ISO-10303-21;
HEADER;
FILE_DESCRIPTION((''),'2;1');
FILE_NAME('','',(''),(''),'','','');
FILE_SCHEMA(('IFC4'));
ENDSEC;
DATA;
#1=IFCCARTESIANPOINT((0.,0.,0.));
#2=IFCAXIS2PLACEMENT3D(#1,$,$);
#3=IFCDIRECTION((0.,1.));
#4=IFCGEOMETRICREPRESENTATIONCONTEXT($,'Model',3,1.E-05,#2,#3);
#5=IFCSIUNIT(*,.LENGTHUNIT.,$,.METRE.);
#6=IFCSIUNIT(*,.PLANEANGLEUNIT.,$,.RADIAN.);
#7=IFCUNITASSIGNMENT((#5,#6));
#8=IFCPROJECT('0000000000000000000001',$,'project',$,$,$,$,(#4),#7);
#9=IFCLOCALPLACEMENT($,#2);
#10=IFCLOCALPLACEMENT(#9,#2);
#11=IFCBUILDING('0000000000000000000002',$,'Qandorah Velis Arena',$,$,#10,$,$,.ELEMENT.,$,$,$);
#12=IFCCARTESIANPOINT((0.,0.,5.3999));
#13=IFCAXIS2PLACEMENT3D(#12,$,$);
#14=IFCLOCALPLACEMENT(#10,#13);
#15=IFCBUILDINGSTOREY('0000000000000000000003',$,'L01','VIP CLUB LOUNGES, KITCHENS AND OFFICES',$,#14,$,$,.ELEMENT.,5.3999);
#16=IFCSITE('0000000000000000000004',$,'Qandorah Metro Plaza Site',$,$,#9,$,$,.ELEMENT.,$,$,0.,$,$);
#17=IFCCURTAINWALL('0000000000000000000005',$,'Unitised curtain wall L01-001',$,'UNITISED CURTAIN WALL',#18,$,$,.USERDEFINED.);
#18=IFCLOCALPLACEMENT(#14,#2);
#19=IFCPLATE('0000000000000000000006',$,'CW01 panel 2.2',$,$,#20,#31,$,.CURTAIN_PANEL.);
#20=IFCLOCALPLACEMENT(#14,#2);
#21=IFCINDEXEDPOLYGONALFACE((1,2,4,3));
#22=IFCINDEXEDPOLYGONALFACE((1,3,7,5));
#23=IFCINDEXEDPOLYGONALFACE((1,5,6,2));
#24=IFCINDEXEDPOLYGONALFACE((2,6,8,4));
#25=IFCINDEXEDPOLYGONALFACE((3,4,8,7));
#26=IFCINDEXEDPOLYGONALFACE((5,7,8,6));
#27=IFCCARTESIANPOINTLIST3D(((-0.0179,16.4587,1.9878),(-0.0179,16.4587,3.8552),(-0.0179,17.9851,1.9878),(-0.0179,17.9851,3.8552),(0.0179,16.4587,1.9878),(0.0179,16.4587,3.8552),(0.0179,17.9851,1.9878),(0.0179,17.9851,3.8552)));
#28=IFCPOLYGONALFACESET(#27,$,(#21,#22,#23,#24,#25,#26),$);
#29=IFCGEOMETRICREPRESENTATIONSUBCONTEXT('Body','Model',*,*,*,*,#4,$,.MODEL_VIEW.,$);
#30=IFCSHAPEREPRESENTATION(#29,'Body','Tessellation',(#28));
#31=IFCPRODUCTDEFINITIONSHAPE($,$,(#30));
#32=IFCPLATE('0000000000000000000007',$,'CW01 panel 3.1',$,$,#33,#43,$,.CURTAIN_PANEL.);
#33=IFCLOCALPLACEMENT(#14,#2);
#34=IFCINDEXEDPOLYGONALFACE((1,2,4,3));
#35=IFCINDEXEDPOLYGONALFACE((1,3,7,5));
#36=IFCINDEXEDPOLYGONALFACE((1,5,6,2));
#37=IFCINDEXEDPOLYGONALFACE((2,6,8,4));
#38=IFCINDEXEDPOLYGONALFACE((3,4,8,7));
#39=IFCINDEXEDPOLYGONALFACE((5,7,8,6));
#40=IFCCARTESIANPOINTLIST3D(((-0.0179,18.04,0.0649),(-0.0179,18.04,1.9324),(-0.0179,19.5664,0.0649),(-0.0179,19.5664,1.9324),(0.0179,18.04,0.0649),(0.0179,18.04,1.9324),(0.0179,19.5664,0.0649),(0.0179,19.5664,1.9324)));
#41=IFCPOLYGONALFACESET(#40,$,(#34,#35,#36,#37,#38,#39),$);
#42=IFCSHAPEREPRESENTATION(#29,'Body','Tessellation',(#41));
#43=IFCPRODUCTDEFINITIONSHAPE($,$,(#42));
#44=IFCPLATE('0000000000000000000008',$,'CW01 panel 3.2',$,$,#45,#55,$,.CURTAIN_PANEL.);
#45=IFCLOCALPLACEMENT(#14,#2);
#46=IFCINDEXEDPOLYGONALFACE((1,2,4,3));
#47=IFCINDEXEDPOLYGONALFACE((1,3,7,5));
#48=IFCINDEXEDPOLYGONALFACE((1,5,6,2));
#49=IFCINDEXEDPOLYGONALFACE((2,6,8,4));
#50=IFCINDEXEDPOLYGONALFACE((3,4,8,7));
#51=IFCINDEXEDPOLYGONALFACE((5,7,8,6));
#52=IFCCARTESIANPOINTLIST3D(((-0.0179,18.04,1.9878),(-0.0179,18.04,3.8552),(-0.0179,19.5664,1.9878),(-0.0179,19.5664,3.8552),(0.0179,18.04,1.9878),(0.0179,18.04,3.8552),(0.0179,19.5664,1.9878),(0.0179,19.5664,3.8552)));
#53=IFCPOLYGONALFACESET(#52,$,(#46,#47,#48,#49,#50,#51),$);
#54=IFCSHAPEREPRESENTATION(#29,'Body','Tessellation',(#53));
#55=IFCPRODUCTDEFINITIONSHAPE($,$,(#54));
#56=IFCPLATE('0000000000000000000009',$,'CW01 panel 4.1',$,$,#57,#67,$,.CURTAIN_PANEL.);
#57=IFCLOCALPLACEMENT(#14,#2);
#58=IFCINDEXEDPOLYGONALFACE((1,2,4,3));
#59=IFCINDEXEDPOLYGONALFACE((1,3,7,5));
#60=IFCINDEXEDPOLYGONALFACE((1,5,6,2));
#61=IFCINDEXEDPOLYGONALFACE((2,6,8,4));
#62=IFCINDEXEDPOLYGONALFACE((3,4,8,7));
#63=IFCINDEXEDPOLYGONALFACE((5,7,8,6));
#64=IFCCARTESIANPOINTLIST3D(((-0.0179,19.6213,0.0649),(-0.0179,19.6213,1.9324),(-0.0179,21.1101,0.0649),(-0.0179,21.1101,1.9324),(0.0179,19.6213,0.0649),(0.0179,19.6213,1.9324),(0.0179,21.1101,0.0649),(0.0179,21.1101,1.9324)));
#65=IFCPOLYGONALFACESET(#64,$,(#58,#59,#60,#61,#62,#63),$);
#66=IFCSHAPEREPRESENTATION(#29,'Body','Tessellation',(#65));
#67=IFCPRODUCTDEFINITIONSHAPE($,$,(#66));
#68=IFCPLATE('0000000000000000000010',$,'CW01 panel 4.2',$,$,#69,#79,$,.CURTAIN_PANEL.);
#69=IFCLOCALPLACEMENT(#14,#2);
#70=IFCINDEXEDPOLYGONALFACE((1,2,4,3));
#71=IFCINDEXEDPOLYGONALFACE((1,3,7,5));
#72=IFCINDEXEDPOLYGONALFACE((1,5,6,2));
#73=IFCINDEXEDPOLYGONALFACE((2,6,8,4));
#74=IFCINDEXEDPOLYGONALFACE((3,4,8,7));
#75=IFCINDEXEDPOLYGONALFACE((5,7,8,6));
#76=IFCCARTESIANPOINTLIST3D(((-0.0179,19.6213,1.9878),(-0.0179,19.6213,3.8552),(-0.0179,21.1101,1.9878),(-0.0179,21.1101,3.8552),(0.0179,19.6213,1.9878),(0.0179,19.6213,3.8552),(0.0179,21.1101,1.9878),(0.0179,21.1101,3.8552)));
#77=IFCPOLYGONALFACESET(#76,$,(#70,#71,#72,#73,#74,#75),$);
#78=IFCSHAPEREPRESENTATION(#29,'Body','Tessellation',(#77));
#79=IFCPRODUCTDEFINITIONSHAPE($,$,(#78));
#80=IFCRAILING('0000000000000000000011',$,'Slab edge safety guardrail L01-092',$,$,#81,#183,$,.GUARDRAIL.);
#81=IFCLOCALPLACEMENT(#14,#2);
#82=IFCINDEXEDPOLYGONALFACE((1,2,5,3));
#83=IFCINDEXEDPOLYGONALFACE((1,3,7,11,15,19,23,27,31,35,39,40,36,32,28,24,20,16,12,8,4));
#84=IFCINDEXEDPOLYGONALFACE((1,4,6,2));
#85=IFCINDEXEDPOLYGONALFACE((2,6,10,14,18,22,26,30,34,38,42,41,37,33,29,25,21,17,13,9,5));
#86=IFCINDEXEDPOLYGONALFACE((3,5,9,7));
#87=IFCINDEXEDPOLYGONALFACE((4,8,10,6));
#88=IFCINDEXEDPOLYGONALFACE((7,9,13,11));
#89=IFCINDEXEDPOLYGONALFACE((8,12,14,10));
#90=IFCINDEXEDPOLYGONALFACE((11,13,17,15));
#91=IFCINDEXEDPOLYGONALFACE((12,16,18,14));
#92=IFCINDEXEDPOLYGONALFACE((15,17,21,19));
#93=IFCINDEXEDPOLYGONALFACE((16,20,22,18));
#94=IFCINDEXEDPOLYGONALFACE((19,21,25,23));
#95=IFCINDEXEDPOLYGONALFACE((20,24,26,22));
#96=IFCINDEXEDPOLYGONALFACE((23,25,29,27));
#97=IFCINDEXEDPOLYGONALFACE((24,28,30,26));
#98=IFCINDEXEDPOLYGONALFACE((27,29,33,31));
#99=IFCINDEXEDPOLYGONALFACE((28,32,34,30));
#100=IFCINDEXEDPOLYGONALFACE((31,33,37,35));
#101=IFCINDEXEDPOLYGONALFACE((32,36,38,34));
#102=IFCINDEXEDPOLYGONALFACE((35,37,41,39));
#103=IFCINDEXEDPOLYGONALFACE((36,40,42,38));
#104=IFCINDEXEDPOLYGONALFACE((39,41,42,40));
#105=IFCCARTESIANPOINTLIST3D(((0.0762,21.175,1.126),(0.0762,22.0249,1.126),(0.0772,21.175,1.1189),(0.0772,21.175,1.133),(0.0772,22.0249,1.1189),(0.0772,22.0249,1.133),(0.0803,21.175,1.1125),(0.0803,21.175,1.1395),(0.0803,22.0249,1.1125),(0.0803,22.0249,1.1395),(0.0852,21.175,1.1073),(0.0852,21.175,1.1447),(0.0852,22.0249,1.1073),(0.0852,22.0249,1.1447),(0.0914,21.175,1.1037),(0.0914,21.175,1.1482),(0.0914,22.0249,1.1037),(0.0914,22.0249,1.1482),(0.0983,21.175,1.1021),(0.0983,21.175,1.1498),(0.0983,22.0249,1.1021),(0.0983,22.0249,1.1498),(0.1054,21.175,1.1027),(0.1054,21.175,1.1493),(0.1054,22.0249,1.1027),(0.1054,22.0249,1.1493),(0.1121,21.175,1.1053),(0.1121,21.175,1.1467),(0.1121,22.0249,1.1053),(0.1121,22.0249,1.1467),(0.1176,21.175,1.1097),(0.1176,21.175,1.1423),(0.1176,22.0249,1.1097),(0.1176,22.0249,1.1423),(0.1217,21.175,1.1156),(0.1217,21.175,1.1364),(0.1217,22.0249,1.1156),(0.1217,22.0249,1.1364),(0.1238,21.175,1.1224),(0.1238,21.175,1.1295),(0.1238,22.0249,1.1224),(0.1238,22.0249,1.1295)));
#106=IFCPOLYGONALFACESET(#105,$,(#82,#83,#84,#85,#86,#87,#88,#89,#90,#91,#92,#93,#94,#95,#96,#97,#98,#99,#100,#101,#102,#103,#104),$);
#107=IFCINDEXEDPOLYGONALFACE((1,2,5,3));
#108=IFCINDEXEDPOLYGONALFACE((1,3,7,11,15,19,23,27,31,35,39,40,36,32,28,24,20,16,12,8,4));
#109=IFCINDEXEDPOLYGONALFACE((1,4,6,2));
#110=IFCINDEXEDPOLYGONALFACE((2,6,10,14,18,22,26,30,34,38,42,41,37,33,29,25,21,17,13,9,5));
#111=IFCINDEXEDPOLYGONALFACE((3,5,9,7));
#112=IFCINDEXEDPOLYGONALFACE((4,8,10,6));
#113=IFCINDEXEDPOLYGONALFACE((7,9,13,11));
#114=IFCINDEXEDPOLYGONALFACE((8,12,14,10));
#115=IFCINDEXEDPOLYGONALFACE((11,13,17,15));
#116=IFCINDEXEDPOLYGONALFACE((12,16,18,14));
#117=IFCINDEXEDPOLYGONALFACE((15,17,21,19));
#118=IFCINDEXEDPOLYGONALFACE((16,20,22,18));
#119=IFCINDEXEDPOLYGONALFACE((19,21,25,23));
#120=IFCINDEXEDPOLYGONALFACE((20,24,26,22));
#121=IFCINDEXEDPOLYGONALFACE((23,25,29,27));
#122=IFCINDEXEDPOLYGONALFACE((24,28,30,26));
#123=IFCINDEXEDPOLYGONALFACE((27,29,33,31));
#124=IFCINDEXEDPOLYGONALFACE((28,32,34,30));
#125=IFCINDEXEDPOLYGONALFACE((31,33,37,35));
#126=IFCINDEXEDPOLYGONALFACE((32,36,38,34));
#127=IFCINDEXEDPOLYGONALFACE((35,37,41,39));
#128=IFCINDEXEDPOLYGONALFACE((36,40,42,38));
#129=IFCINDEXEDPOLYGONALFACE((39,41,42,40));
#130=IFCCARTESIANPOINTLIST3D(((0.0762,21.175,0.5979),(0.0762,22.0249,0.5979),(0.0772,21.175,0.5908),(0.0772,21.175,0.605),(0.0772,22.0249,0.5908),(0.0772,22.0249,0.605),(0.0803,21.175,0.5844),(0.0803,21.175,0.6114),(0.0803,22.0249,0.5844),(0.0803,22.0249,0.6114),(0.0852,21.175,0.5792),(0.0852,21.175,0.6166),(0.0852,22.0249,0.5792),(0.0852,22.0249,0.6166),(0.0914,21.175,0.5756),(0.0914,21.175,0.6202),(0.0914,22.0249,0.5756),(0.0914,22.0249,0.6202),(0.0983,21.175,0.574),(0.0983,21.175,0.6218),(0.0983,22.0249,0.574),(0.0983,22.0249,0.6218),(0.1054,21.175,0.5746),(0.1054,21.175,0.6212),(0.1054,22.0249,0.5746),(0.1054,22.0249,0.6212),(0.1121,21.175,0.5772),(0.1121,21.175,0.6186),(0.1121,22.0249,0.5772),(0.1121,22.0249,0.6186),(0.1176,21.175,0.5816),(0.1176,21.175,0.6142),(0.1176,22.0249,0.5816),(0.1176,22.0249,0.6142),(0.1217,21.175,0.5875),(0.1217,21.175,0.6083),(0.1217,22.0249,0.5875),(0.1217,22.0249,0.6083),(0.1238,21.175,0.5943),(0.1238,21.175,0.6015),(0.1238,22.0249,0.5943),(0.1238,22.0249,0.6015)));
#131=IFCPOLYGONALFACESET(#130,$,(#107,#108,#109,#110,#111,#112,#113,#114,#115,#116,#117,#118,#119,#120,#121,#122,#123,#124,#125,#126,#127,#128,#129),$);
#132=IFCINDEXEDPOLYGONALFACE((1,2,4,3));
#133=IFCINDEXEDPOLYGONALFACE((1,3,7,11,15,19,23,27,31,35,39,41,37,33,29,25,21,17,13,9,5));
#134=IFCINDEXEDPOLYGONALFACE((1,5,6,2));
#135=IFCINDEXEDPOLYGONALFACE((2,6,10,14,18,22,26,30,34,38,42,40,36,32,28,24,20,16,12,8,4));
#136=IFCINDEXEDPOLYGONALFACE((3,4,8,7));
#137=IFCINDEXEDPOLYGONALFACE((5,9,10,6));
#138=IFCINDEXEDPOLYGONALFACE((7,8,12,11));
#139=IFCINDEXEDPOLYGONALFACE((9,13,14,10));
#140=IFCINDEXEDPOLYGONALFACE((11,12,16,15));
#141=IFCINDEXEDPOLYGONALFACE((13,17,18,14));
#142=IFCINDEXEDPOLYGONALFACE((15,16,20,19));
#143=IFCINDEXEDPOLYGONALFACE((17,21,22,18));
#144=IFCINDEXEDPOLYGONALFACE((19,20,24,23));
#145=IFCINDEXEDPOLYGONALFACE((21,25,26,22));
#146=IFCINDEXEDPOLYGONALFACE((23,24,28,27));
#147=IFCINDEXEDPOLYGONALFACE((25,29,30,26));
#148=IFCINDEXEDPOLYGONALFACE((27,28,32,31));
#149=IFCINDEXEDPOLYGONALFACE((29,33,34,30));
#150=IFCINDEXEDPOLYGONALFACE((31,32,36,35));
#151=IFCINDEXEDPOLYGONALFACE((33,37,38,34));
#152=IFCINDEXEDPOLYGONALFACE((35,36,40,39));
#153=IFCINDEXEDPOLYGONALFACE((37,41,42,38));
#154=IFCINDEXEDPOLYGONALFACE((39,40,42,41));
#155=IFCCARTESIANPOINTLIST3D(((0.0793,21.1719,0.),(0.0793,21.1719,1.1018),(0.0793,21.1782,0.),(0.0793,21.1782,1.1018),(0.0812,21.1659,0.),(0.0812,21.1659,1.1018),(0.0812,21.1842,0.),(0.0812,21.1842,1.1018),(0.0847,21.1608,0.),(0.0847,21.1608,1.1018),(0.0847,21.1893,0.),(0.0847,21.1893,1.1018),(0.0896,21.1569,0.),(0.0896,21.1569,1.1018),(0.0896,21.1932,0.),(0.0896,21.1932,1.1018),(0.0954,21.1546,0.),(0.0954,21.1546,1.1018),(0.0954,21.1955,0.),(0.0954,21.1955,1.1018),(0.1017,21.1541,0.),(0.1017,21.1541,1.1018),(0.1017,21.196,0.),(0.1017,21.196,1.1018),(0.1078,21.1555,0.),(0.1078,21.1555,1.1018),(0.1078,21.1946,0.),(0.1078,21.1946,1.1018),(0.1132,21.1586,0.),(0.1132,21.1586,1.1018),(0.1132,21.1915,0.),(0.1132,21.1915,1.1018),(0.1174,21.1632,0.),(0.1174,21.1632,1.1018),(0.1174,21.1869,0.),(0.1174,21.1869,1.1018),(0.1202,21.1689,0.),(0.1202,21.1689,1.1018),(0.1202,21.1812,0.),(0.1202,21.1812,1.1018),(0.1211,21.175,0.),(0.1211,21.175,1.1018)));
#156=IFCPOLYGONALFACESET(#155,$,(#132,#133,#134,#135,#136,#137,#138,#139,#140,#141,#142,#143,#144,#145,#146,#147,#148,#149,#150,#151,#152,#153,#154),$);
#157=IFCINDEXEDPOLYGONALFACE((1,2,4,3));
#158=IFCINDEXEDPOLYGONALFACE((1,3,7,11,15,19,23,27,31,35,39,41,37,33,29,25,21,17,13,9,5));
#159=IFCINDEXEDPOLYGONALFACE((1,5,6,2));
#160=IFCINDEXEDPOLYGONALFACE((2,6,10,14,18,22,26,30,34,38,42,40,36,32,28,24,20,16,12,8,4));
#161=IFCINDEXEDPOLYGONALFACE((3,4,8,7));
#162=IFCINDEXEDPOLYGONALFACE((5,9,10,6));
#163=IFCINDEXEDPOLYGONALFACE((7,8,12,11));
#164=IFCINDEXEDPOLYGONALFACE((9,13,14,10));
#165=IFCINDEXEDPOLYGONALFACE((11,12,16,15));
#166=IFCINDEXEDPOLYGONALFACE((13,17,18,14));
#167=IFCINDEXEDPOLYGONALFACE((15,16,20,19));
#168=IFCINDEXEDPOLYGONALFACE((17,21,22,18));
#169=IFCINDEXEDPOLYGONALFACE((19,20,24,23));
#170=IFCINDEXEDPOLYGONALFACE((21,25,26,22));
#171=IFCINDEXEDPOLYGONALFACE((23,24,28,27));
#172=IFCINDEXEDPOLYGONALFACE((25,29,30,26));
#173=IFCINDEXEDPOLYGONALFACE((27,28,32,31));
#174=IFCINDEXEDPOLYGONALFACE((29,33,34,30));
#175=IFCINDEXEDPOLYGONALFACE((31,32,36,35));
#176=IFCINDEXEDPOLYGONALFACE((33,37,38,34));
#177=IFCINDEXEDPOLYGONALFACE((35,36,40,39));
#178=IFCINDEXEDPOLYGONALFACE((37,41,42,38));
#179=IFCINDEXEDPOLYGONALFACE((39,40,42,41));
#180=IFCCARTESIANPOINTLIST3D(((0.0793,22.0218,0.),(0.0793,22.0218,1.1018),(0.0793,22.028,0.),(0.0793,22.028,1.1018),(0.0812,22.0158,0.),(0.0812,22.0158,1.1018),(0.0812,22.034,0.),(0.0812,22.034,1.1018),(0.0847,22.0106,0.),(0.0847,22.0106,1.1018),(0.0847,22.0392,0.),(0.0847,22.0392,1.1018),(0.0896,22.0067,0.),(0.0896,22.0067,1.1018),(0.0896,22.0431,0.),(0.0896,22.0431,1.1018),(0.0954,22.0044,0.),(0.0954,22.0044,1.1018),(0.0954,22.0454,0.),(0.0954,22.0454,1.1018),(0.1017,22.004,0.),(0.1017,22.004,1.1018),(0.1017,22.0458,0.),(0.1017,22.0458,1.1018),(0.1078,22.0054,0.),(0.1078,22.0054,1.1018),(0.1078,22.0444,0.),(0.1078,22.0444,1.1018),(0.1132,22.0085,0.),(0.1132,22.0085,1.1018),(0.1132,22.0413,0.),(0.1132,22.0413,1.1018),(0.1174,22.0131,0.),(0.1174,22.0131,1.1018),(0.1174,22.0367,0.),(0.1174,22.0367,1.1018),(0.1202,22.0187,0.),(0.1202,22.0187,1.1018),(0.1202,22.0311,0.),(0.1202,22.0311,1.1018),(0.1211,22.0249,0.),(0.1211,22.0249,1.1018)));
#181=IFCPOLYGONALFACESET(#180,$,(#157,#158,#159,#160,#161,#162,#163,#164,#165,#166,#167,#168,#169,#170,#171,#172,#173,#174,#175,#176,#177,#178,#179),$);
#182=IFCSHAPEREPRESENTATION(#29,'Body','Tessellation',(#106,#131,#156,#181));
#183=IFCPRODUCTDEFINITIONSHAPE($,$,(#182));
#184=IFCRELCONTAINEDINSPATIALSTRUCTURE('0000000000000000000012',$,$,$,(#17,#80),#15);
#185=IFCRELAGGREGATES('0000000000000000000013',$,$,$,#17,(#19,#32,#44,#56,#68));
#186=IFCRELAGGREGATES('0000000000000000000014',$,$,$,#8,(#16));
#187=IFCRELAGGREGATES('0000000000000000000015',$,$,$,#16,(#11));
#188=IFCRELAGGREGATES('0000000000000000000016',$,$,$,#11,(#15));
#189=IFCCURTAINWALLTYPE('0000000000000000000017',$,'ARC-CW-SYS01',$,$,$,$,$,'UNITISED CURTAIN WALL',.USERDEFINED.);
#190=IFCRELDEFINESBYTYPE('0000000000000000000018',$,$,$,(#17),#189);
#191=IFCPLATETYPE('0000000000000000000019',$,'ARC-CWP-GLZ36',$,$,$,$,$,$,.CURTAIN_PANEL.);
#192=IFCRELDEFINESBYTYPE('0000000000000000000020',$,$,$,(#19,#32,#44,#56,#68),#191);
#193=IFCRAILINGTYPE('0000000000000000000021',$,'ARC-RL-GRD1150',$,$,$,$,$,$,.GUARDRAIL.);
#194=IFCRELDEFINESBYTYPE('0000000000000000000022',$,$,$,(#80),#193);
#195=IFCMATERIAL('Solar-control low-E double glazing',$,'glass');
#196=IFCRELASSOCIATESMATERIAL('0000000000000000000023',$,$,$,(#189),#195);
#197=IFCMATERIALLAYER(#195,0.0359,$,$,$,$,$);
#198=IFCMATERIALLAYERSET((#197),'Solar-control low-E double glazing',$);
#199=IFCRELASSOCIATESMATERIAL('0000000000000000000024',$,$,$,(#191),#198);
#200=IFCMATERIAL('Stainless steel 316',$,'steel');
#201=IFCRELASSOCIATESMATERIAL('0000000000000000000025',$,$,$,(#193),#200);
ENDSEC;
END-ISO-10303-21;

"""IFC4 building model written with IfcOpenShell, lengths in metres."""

from ifc_helpers import new_model, si_unit, direction, frame, origin, origin_2d, place, context, subcontext, project, spatial, rectangle, circle, extrude, material, layer, layer_set, type_object, element, aggregate, save


model = new_model("IFC4")

# Units and contexts
model_context = context("Model", 3, precision=1e-05, world=origin(), true_north=direction((0.0, 1.0)))
body_context = subcontext(model_context, "Body", "Model", "MODEL_VIEW")
ifc_project = project(units=[si_unit("LENGTHUNIT", "METRE"), si_unit("PLANEANGLEUNIT", "RADIAN")], contexts=[model_context])

# Site, building, storey
site_placement = place(None, origin())
site = spatial("IfcSite", under=ifc_project, at=site_placement, Name="Qandorah Metro Plaza Site", CompositionType="ELEMENT", RefElevation=0.0)
building_placement = place(site_placement, origin())
building = spatial("IfcBuilding", under=site, at=building_placement, Name="Qandorah Velis Arena", CompositionType="ELEMENT")
storey_placement = place(building_placement, frame((0.0, 0.0, 5.3999)))
storey = spatial("IfcBuildingStorey", under=building, at=storey_placement, Name="L01", Description="VIP CLUB LOUNGES, KITCHENS AND OFFICES", CompositionType="ELEMENT", Elevation=5.3999)

# Curtain wall
ifc_material_1 = material(Name="Solar-control low-E double glazing", Category="glass")
curtain_wall_type = type_object("IfcCurtainWallType", Name="ARC-CW-SYS01", ElementType="UNITISED CURTAIN WALL", PredefinedType="USERDEFINED", material=ifc_material_1)
curtain_wall_placement = place(storey_placement, origin())
curtain_wall = element("IfcCurtainWall", 1, at=curtain_wall_placement, inside=storey, type_object=curtain_wall_type, Name="Unitised curtain wall L01-001", ObjectType="UNITISED CURTAIN WALL", PredefinedType="USERDEFINED")

# Plates
ifc_layer = layer(ifc_material_1, 0.0359)
ifc_layer_set = layer_set([ifc_layer], Name="Solar-control low-E double glazing")
plate_type = type_object("IfcPlateType", Name="ARC-CWP-GLZ36", PredefinedType="CURTAIN_PANEL", material=ifc_layer_set)
plate_1_placement = place(storey_placement, frame((0.0, 17.2219, 1.9878), z_axis=(0.0, 0.0, 1.0), x_axis=(0.0, 1.0, 0.0)))
plate_1 = element("IfcPlate", 2, at=plate_1_placement, type_object=plate_type, Name="CW01 panel 2.2", PredefinedType="CURTAIN_PANEL", context=body_context, shape_type="SweptSolid", body=[
    extrude(rectangle(XDim=1.5264, YDim=0.0359, at=origin_2d()), origin(), (0.0, 0.0, 1.0), 1.8674),
])
plate_2_placement = place(storey_placement, frame((0.0, 18.8032, 0.0649), z_axis=(0.0, 0.0, 1.0), x_axis=(0.0, 1.0, 0.0)))
plate_2 = element("IfcPlate", 3, at=plate_2_placement, type_object=plate_type, Name="CW01 panel 3.1", PredefinedType="CURTAIN_PANEL", context=body_context, shape_type="SweptSolid", body=[
    extrude(rectangle(XDim=1.5264, YDim=0.0359, at=origin_2d()), origin(), (0.0, 0.0, 1.0), 1.8674),
])
plate_3_placement = place(storey_placement, frame((0.0, 18.8032, 1.9878), z_axis=(0.0, 0.0, 1.0), x_axis=(0.0, 1.0, 0.0)))
plate_3 = element("IfcPlate", 4, at=plate_3_placement, type_object=plate_type, Name="CW01 panel 3.2", PredefinedType="CURTAIN_PANEL", context=body_context, shape_type="SweptSolid", body=[
    extrude(rectangle(XDim=1.5264, YDim=0.0359, at=origin_2d()), origin(), (0.0, 0.0, 1.0), 1.8674),
])
plate_4_placement = place(storey_placement, frame((0.0, 20.3657, 0.0649), z_axis=(0.0, 0.0, 1.0), x_axis=(0.0, 1.0, 0.0)))
plate_4 = element("IfcPlate", 5, at=plate_4_placement, type_object=plate_type, Name="CW01 panel 4.1", PredefinedType="CURTAIN_PANEL", context=body_context, shape_type="SweptSolid", body=[
    extrude(rectangle(XDim=1.4888, YDim=0.0359, at=origin_2d()), origin(), (0.0, 0.0, 1.0), 1.8674),
])
plate_5_placement = place(storey_placement, frame((0.0, 20.3657, 1.9878), z_axis=(0.0, 0.0, 1.0), x_axis=(0.0, 1.0, 0.0)))
plate_5 = element("IfcPlate", 6, at=plate_5_placement, type_object=plate_type, Name="CW01 panel 4.2", PredefinedType="CURTAIN_PANEL", context=body_context, shape_type="SweptSolid", body=[
    extrude(rectangle(XDim=1.4888, YDim=0.0359, at=origin_2d()), origin(), (0.0, 0.0, 1.0), 1.8674),
])
aggregate(curtain_wall, [plate_1, plate_2, plate_3, plate_4, plate_5])

# Railing
ifc_material_2 = material(Name="Stainless steel 316", Category="steel")
railing_type = type_object("IfcRailingType", Name="ARC-RL-GRD1150", PredefinedType="GUARDRAIL", material=ifc_material_2)
railing_placement = place(storey_placement, frame((0.1001, 21.175, 0.0)))
element("IfcRailing", 7, at=railing_placement, inside=storey, type_object=railing_type, Name="Slab edge safety guardrail L01-092", PredefinedType="GUARDRAIL", context=body_context, shape_type="SweptSolid", body=[
    extrude(circle(Radius=0.0239, at=origin_2d()), frame((0.0, 0.0, 1.126), z_axis=(0.0, 1.0, 0.0), x_axis=(-1.0, 0.0, 0.0)), (0.0, 0.0, 1.0), 0.8499),
    extrude(circle(Radius=0.0239, at=origin_2d()), frame((0.0, 0.0, 0.5979), z_axis=(0.0, 1.0, 0.0), x_axis=(-1.0, 0.0, 0.0)), (0.0, 0.0, 1.0), 0.8499),
    extrude(circle(Radius=0.021, at=origin_2d()), origin(), (0.0, 0.0, 1.0), 1.1018),
    extrude(circle(Radius=0.021, at=origin_2d()), frame((0.0, 0.8499, 0.0)), (0.0, 0.0, 1.0), 1.1018),
])

save(model, "model.ifc")
